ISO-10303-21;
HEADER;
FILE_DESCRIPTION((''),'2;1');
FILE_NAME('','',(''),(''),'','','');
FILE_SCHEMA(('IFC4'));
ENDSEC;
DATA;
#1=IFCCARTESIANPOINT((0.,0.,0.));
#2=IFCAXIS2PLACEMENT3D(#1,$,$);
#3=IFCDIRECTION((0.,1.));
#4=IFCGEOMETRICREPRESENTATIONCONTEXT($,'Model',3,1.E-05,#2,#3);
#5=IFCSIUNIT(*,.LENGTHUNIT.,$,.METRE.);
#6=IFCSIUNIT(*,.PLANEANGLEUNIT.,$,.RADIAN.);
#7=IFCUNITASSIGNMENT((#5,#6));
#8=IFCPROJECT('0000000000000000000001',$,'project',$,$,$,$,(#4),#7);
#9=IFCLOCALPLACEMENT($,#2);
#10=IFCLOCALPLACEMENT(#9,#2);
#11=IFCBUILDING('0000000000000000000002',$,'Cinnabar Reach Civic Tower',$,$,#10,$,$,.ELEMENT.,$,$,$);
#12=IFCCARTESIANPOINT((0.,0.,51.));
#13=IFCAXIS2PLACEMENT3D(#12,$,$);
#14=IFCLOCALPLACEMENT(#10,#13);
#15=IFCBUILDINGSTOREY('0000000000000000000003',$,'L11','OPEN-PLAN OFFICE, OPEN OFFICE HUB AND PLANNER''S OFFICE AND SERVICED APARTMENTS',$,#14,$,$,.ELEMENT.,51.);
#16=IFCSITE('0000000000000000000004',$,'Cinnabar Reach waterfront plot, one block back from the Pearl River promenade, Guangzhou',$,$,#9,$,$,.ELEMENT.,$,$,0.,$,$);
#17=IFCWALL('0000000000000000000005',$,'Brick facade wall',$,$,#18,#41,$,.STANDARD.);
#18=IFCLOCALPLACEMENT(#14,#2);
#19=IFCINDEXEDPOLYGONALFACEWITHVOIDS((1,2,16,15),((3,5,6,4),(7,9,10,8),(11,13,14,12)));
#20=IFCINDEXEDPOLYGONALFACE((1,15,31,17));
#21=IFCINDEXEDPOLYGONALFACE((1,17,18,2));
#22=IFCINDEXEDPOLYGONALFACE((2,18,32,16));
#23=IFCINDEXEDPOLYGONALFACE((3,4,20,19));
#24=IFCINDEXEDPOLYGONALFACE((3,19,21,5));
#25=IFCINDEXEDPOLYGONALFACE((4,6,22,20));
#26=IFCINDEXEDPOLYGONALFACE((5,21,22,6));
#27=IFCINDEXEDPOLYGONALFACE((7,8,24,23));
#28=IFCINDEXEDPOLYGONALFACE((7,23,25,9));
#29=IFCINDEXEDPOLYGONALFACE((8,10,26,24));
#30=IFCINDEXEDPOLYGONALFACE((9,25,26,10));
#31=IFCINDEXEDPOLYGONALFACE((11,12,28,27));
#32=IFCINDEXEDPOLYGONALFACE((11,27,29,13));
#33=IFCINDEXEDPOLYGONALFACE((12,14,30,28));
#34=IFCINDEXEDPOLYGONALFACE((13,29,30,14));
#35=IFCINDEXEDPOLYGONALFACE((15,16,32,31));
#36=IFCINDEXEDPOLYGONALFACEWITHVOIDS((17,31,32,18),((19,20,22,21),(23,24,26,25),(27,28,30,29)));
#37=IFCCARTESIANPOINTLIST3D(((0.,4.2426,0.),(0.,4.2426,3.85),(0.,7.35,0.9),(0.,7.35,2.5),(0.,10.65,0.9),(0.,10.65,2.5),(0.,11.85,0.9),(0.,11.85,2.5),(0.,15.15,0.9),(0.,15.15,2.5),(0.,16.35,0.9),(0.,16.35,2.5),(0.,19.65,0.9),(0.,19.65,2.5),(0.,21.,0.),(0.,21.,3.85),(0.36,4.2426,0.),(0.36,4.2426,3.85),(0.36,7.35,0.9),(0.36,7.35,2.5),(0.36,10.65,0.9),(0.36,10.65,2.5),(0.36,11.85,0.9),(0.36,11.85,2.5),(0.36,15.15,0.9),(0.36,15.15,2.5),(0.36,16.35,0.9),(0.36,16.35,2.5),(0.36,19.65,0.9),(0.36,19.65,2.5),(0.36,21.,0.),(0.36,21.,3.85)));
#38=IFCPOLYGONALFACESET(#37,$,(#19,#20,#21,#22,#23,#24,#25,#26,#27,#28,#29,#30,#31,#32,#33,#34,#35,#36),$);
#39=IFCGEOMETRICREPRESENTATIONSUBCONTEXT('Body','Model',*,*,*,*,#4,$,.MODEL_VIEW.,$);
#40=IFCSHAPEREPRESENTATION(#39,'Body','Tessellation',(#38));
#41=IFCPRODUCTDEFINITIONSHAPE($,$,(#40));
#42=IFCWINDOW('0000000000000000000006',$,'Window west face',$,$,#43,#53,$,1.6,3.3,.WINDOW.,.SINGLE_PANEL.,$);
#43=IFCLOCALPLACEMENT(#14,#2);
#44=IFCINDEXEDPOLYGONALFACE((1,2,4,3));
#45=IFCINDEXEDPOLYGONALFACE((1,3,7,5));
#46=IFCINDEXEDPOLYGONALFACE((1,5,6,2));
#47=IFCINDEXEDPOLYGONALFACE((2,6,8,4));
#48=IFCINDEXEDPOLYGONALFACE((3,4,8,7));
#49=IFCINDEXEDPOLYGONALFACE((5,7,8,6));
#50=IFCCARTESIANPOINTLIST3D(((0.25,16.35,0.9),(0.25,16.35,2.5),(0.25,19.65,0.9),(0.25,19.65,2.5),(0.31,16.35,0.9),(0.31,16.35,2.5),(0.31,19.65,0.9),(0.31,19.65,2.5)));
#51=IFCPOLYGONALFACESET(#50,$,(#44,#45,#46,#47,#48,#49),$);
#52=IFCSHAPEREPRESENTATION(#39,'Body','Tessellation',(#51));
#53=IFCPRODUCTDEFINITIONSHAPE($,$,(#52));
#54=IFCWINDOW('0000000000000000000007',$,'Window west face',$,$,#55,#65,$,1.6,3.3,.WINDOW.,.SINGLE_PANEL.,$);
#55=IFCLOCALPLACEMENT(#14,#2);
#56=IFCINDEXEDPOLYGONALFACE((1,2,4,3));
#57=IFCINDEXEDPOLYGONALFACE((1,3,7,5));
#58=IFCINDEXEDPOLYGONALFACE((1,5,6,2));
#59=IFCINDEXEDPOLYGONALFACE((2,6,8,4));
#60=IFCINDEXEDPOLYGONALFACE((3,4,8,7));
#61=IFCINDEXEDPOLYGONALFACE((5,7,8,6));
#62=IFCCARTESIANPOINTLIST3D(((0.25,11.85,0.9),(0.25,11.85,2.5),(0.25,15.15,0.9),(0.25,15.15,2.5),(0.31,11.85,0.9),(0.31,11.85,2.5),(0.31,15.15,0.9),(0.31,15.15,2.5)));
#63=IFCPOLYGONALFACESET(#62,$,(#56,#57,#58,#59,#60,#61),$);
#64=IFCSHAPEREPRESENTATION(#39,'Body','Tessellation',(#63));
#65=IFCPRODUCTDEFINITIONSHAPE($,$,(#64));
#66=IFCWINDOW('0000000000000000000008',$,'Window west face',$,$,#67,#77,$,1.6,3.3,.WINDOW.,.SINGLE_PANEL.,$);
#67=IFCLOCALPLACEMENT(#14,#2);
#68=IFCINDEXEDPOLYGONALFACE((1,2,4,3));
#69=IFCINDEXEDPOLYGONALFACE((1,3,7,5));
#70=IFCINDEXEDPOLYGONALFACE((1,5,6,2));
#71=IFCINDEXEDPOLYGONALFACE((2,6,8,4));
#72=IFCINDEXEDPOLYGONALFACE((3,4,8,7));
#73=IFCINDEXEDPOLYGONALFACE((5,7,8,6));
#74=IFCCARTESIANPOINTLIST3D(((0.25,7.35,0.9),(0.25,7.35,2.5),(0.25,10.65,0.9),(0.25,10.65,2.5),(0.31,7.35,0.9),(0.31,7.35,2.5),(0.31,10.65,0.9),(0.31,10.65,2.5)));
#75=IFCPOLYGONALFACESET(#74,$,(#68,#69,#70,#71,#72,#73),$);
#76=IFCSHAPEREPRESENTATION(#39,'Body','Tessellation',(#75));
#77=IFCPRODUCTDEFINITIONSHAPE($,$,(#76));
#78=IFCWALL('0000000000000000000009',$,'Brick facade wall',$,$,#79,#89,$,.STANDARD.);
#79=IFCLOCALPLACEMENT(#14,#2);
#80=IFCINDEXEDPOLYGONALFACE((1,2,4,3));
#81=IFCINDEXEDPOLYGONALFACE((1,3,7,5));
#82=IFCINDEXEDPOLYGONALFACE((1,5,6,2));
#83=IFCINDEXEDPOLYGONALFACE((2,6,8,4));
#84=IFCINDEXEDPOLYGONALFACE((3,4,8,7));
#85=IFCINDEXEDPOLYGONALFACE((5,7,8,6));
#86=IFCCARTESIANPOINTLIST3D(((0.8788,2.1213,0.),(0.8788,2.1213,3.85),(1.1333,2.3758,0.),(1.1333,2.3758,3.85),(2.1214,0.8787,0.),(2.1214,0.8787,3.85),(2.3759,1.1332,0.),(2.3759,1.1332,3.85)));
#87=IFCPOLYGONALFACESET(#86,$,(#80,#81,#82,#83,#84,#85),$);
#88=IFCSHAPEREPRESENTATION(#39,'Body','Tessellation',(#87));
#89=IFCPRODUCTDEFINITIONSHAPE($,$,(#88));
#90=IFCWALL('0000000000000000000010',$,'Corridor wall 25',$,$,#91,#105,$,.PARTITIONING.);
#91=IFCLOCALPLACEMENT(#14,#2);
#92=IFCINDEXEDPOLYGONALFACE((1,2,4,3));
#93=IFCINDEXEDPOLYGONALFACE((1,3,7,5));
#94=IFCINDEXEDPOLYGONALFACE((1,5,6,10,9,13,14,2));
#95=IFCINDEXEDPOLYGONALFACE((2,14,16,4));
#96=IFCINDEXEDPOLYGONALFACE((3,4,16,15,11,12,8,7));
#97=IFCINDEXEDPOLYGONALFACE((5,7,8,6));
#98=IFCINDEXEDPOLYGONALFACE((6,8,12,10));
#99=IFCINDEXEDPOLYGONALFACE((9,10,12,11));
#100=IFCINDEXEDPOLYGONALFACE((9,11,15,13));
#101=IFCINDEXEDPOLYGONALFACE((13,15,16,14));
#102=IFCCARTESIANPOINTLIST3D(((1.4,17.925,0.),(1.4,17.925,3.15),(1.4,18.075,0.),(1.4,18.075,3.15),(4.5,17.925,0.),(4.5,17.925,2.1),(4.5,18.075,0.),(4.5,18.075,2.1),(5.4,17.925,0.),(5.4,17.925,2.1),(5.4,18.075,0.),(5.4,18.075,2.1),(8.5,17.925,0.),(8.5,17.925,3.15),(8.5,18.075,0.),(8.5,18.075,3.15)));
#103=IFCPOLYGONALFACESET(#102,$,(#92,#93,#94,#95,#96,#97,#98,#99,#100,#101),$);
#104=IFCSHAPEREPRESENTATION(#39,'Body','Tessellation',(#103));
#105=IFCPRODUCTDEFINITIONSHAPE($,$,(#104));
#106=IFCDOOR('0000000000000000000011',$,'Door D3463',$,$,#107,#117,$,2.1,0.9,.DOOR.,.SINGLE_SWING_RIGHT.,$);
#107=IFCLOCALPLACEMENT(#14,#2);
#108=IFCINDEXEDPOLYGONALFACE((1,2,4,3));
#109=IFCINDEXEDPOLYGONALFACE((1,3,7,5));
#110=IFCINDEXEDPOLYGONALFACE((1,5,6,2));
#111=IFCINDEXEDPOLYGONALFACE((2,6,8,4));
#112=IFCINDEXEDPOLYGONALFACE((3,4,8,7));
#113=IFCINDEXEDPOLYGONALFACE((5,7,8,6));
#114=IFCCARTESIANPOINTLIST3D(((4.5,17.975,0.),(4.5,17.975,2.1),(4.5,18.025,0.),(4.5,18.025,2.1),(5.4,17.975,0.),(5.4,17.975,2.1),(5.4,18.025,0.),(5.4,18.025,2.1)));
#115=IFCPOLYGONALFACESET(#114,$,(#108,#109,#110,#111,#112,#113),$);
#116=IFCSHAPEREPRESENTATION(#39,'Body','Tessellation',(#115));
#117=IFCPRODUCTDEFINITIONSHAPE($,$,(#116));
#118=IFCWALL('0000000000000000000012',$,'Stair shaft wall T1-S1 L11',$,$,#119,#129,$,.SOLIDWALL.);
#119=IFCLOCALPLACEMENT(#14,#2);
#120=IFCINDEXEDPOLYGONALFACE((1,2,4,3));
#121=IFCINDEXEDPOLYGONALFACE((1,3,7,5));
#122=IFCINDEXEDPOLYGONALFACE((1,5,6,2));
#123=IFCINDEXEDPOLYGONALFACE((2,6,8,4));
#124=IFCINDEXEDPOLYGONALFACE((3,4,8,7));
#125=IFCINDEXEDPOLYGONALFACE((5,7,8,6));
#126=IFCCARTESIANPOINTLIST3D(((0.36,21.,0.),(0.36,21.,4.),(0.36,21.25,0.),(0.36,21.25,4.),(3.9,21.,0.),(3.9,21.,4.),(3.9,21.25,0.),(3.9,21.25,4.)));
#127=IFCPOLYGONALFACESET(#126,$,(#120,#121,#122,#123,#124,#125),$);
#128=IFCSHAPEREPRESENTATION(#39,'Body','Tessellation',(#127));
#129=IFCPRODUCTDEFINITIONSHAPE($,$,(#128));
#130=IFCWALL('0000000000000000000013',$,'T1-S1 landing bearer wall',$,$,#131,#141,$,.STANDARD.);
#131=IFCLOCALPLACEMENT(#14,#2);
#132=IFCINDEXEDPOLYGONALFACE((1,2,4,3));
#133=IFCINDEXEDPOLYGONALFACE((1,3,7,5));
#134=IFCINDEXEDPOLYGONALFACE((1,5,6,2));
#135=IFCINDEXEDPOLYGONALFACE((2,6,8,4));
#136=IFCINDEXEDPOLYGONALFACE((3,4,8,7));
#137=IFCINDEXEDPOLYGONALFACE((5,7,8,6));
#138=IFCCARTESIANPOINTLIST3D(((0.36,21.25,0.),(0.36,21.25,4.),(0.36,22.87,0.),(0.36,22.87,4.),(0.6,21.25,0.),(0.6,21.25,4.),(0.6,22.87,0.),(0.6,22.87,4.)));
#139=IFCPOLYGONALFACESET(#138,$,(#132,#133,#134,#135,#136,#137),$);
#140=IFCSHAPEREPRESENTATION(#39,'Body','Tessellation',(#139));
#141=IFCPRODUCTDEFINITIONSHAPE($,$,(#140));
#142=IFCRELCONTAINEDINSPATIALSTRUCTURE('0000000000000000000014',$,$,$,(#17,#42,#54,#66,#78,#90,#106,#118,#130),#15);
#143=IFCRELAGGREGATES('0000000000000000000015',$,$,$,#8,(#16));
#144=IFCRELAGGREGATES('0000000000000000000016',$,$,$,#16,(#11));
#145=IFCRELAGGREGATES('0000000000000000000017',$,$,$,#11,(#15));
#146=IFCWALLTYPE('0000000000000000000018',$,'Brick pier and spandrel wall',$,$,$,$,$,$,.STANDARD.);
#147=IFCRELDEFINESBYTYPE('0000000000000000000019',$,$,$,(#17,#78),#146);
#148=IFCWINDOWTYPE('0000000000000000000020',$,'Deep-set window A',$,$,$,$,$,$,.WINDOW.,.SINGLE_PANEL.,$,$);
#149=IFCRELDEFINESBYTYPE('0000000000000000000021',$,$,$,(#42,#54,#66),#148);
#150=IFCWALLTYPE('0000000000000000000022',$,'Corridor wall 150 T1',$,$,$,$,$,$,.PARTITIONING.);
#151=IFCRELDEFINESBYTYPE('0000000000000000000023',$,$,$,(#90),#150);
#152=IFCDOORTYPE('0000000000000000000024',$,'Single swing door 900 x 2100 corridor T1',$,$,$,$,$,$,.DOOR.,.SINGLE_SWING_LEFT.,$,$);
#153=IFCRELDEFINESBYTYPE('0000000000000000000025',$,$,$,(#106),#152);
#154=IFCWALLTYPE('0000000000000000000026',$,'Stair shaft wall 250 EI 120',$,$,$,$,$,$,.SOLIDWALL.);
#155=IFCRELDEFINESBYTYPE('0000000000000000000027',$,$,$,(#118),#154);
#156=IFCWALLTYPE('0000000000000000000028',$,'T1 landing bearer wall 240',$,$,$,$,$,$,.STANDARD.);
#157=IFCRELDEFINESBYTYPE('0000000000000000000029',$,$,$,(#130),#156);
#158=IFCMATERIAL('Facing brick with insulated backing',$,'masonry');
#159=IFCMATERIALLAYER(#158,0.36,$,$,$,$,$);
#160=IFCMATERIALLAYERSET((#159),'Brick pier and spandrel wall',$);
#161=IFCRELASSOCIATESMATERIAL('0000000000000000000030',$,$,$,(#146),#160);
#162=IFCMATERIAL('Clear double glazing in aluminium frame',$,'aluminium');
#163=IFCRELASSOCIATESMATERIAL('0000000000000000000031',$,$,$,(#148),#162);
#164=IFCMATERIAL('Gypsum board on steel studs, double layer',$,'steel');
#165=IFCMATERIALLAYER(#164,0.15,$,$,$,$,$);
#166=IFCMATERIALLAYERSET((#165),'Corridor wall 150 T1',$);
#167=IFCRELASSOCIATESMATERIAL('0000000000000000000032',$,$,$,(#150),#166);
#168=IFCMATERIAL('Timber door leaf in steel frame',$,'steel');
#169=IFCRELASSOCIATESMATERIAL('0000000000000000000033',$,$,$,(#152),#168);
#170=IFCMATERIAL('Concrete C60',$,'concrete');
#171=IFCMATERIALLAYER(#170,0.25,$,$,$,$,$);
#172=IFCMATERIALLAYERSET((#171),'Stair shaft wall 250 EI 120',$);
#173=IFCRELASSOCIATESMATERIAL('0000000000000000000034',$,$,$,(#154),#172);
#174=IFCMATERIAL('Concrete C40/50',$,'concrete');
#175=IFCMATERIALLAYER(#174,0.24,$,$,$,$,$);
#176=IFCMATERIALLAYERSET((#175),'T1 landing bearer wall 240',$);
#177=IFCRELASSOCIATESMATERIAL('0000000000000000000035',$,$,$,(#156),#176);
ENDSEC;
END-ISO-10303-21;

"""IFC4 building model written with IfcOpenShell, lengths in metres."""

from ifc_helpers import new_model, si_unit, direction, frame, frame_2d, origin, place, context, subcontext, project, spatial, rectangle, extrude, material, layer, layer_set, type_object, element, fill, save


model = new_model("IFC4")

# Units and contexts
model_context = context("Model", 3, precision=1e-05, world=origin(), true_north=direction((0.0, 1.0)))
body_context = subcontext(model_context, "Body", "Model", "MODEL_VIEW")
ifc_project = project(units=[si_unit("LENGTHUNIT", "METRE"), si_unit("PLANEANGLEUNIT", "RADIAN")], contexts=[model_context])

# Site, building, storey
site_placement = place(None, origin())
site = spatial("IfcSite", under=ifc_project, at=site_placement, Name="Cinnabar Reach waterfront plot, one block back from the Pearl River promenade, Guangzhou", CompositionType="ELEMENT", RefElevation=0.0)
building_placement = place(site_placement, origin())
building = spatial("IfcBuilding", under=site, at=building_placement, Name="Cinnabar Reach Civic Tower", CompositionType="ELEMENT")
storey_placement = place(building_placement, frame((0.0, 0.0, 51.0)))
storey = spatial("IfcBuildingStorey", under=building, at=storey_placement, Name="L11", Description="OPEN-PLAN OFFICE, OPEN OFFICE HUB AND PLANNER'S OFFICE AND SERVICED APARTMENTS", CompositionType="ELEMENT", Elevation=51.0)

# Shared definitions
ifc_material_1 = material(Name="Facing brick with insulated backing", Category="masonry")

# Wall, openings, windows
ifc_layer_1 = layer(ifc_material_1, 0.36)
ifc_layer_set_1 = layer_set([ifc_layer_1], Name="Brick pier and spandrel wall")
wall_type_1 = type_object("IfcWallType", Name="Brick pier and spandrel wall", PredefinedType="STANDARD", material=ifc_layer_set_1)
wall_1_placement = place(storey_placement, frame((0.18, 21.0, 0.0), z_axis=(0.0, 0.0, 1.0), x_axis=(0.0, -1.0, 0.0)))
wall_1 = element("IfcWall", 1, at=wall_1_placement, inside=storey, type_object=wall_type_1, Name="Brick facade wall", PredefinedType="STANDARD", context=body_context, shape_type="SweptSolid", body=[
    extrude(rectangle(XDim=16.7574, YDim=0.36, at=frame_2d((8.3787, 0.0))), origin(), (0.0, 0.0, 1.0), 3.85),
])
opening_1_placement = place(wall_1_placement, frame((1.35, 0.0, 0.9)))
opening_1 = element("IfcOpeningElement", 2, at=opening_1_placement, cuts=wall_1, PredefinedType="OPENING", context=body_context, shape_type="SweptSolid", body=[
    extrude(rectangle(XDim=3.3, YDim=1.6, at=frame_2d((1.65, 0.8))), frame((0.0, 0.19, 0.0), z_axis=(0.0, -1.0, 0.0), x_axis=(1.0, 0.0, 0.0)), (0.0, 0.0, 1.0), 0.38),
])
opening_2_placement = place(wall_1_placement, frame((5.85, 0.0, 0.9)))
opening_2 = element("IfcOpeningElement", 3, at=opening_2_placement, cuts=wall_1, PredefinedType="OPENING", context=body_context, shape_type="SweptSolid", body=[
    extrude(rectangle(XDim=3.3, YDim=1.6, at=frame_2d((1.65, 0.8))), frame((0.0, 0.19, 0.0), z_axis=(0.0, -1.0, 0.0), x_axis=(1.0, 0.0, 0.0)), (0.0, 0.0, 1.0), 0.38),
])
opening_3_placement = place(wall_1_placement, frame((10.35, 0.0, 0.9)))
opening_3 = element("IfcOpeningElement", 4, at=opening_3_placement, cuts=wall_1, PredefinedType="OPENING", context=body_context, shape_type="SweptSolid", body=[
    extrude(rectangle(XDim=3.3, YDim=1.6, at=frame_2d((1.65, 0.8))), frame((0.0, 0.19, 0.0), z_axis=(0.0, -1.0, 0.0), x_axis=(1.0, 0.0, 0.0)), (0.0, 0.0, 1.0), 0.38),
])
ifc_material_2 = material(Name="Clear double glazing in aluminium frame", Category="aluminium")
window_type = type_object("IfcWindowType", Name="Deep-set window A", PartitioningType="SINGLE_PANEL", PredefinedType="WINDOW", material=ifc_material_2)
window_1_placement = place(opening_1_placement, origin())
window_1 = element("IfcWindow", 5, at=window_1_placement, inside=storey, type_object=window_type, Name="Window west face", OverallHeight=1.6, OverallWidth=3.3, PartitioningType="SINGLE_PANEL", PredefinedType="WINDOW", context=body_context, shape_type="SweptSolid", body=[
    extrude(rectangle(XDim=3.3, YDim=1.6, at=frame_2d((1.65, 0.8))), frame((0.0, 0.13, 0.0), z_axis=(0.0, -1.0, 0.0), x_axis=(1.0, 0.0, 0.0)), (0.0, 0.0, 1.0), 0.06),
])
fill(opening_1, window_1)
window_2_placement = place(opening_2_placement, origin())
window_2 = element("IfcWindow", 6, at=window_2_placement, inside=storey, type_object=window_type, Name="Window west face", OverallHeight=1.6, OverallWidth=3.3, PartitioningType="SINGLE_PANEL", PredefinedType="WINDOW", context=body_context, shape_type="SweptSolid", body=[
    extrude(rectangle(XDim=3.3, YDim=1.6, at=frame_2d((1.65, 0.8))), frame((0.0, 0.13, 0.0), z_axis=(0.0, -1.0, 0.0), x_axis=(1.0, 0.0, 0.0)), (0.0, 0.0, 1.0), 0.06),
])
fill(opening_2, window_2)
window_3_placement = place(opening_3_placement, origin())
window_3 = element("IfcWindow", 7, at=window_3_placement, inside=storey, type_object=window_type, Name="Window west face", OverallHeight=1.6, OverallWidth=3.3, PartitioningType="SINGLE_PANEL", PredefinedType="WINDOW", context=body_context, shape_type="SweptSolid", body=[
    extrude(rectangle(XDim=3.3, YDim=1.6, at=frame_2d((1.65, 0.8))), frame((0.0, 0.13, 0.0), z_axis=(0.0, -1.0, 0.0), x_axis=(1.0, 0.0, 0.0)), (0.0, 0.0, 1.0), 0.06),
])
fill(opening_3, window_3)

# Wall
wall_2_placement = place(storey_placement, frame((1.006, 2.2486, 0.0), z_axis=(0.0, 0.0, 1.0), x_axis=(0.707107, -0.707107, 0.0)))
element("IfcWall", 8, at=wall_2_placement, inside=storey, type_object=wall_type_1, Name="Brick facade wall", PredefinedType="STANDARD", context=body_context, shape_type="SweptSolid", body=[
    extrude(rectangle(XDim=1.7573, YDim=0.36, at=frame_2d((0.8787, 0.0))), origin(), (0.0, 0.0, 1.0), 3.85),
])

# Wall, opening, door
ifc_material_3 = material(Name="Gypsum board on steel studs, double layer", Category="steel")
ifc_layer_2 = layer(ifc_material_3, 0.15)
ifc_layer_set_2 = layer_set([ifc_layer_2], Name="Corridor wall 150 T1")
wall_type_2 = type_object("IfcWallType", Name="Corridor wall 150 T1", PredefinedType="PARTITIONING", material=ifc_layer_set_2)
wall_3_placement = place(storey_placement, frame((1.4, 18.0, 0.0), z_axis=(0.0, 0.0, 1.0), x_axis=(1.0, 0.0, 0.0)))
wall_3 = element("IfcWall", 9, at=wall_3_placement, inside=storey, type_object=wall_type_2, Name="Corridor wall 25", PredefinedType="PARTITIONING", context=body_context, shape_type="SweptSolid", body=[
    extrude(rectangle(XDim=7.1, YDim=0.15, at=frame_2d((3.55, 0.0))), origin(), (0.0, 0.0, 1.0), 3.15),
])
opening_4_placement = place(wall_3_placement, frame((3.1, 0.0, 0.0)))
opening_4 = element("IfcOpeningElement", 10, at=opening_4_placement, cuts=wall_3, PredefinedType="OPENING", context=body_context, shape_type="SweptSolid", body=[
    extrude(rectangle(XDim=0.9, YDim=2.1, at=frame_2d((0.45, 1.05))), frame((0.0, 0.085, 0.0), z_axis=(0.0, -1.0, 0.0), x_axis=(1.0, 0.0, 0.0)), (0.0, 0.0, 1.0), 0.17),
])
ifc_material_4 = material(Name="Timber door leaf in steel frame", Category="steel")
door_type = type_object("IfcDoorType", Name="Single swing door 900 x 2100 corridor T1", OperationType="SINGLE_SWING_LEFT", PredefinedType="DOOR", material=ifc_material_4)
door_placement = place(opening_4_placement, frame((0.9, 0.0, 0.0), z_axis=(0.0, 0.0, 1.0), x_axis=(-1.0, 0.0, 0.0)))
door = element("IfcDoor", 11, at=door_placement, inside=storey, type_object=door_type, Name="Door D3463", OperationType="SINGLE_SWING_RIGHT", OverallHeight=2.1, OverallWidth=0.9, PredefinedType="DOOR", context=body_context, shape_type="SweptSolid", body=[
    extrude(rectangle(XDim=0.9, YDim=2.1, at=frame_2d((0.45, 1.05))), frame((0.0, 0.025, 0.0), z_axis=(0.0, -1.0, 0.0), x_axis=(1.0, 0.0, 0.0)), (0.0, 0.0, 1.0), 0.05),
])
fill(opening_4, door)

# Walls
ifc_material_5 = material(Name="Concrete C60", Category="concrete")
ifc_layer_3 = layer(ifc_material_5, 0.25)
ifc_layer_set_3 = layer_set([ifc_layer_3], Name="Stair shaft wall 250 EI 120")
wall_type_3 = type_object("IfcWallType", Name="Stair shaft wall 250 EI 120", PredefinedType="SOLIDWALL", material=ifc_layer_set_3)
wall_4_placement = place(storey_placement, frame((0.36, 21.125, 0.0), z_axis=(0.0, 0.0, 1.0), x_axis=(1.0, 0.0, 0.0)))
element("IfcWall", 12, at=wall_4_placement, inside=storey, type_object=wall_type_3, Name="Stair shaft wall T1-S1 L11", PredefinedType="SOLIDWALL", context=body_context, shape_type="SweptSolid", body=[
    extrude(rectangle(XDim=3.54, YDim=0.25, at=frame_2d((1.77, 0.0))), origin(), (0.0, 0.0, 1.0), 4.0),
])
ifc_material_6 = material(Name="Concrete C40/50", Category="concrete")
ifc_layer_4 = layer(ifc_material_6, 0.24)
ifc_layer_set_4 = layer_set([ifc_layer_4], Name="T1 landing bearer wall 240")
wall_type_4 = type_object("IfcWallType", Name="T1 landing bearer wall 240", PredefinedType="STANDARD", material=ifc_layer_set_4)
wall_5_placement = place(storey_placement, frame((0.48, 21.25, 0.0), z_axis=(0.0, 0.0, 1.0), x_axis=(0.0, 1.0, 0.0)))
element("IfcWall", 13, at=wall_5_placement, inside=storey, type_object=wall_type_4, Name="T1-S1 landing bearer wall", PredefinedType="STANDARD", context=body_context, shape_type="SweptSolid", body=[
    extrude(rectangle(XDim=1.62, YDim=0.24, at=frame_2d((0.81, 0.0))), origin(), (0.0, 0.0, 1.0), 4.0),
])

save(model, "model.ifc")
